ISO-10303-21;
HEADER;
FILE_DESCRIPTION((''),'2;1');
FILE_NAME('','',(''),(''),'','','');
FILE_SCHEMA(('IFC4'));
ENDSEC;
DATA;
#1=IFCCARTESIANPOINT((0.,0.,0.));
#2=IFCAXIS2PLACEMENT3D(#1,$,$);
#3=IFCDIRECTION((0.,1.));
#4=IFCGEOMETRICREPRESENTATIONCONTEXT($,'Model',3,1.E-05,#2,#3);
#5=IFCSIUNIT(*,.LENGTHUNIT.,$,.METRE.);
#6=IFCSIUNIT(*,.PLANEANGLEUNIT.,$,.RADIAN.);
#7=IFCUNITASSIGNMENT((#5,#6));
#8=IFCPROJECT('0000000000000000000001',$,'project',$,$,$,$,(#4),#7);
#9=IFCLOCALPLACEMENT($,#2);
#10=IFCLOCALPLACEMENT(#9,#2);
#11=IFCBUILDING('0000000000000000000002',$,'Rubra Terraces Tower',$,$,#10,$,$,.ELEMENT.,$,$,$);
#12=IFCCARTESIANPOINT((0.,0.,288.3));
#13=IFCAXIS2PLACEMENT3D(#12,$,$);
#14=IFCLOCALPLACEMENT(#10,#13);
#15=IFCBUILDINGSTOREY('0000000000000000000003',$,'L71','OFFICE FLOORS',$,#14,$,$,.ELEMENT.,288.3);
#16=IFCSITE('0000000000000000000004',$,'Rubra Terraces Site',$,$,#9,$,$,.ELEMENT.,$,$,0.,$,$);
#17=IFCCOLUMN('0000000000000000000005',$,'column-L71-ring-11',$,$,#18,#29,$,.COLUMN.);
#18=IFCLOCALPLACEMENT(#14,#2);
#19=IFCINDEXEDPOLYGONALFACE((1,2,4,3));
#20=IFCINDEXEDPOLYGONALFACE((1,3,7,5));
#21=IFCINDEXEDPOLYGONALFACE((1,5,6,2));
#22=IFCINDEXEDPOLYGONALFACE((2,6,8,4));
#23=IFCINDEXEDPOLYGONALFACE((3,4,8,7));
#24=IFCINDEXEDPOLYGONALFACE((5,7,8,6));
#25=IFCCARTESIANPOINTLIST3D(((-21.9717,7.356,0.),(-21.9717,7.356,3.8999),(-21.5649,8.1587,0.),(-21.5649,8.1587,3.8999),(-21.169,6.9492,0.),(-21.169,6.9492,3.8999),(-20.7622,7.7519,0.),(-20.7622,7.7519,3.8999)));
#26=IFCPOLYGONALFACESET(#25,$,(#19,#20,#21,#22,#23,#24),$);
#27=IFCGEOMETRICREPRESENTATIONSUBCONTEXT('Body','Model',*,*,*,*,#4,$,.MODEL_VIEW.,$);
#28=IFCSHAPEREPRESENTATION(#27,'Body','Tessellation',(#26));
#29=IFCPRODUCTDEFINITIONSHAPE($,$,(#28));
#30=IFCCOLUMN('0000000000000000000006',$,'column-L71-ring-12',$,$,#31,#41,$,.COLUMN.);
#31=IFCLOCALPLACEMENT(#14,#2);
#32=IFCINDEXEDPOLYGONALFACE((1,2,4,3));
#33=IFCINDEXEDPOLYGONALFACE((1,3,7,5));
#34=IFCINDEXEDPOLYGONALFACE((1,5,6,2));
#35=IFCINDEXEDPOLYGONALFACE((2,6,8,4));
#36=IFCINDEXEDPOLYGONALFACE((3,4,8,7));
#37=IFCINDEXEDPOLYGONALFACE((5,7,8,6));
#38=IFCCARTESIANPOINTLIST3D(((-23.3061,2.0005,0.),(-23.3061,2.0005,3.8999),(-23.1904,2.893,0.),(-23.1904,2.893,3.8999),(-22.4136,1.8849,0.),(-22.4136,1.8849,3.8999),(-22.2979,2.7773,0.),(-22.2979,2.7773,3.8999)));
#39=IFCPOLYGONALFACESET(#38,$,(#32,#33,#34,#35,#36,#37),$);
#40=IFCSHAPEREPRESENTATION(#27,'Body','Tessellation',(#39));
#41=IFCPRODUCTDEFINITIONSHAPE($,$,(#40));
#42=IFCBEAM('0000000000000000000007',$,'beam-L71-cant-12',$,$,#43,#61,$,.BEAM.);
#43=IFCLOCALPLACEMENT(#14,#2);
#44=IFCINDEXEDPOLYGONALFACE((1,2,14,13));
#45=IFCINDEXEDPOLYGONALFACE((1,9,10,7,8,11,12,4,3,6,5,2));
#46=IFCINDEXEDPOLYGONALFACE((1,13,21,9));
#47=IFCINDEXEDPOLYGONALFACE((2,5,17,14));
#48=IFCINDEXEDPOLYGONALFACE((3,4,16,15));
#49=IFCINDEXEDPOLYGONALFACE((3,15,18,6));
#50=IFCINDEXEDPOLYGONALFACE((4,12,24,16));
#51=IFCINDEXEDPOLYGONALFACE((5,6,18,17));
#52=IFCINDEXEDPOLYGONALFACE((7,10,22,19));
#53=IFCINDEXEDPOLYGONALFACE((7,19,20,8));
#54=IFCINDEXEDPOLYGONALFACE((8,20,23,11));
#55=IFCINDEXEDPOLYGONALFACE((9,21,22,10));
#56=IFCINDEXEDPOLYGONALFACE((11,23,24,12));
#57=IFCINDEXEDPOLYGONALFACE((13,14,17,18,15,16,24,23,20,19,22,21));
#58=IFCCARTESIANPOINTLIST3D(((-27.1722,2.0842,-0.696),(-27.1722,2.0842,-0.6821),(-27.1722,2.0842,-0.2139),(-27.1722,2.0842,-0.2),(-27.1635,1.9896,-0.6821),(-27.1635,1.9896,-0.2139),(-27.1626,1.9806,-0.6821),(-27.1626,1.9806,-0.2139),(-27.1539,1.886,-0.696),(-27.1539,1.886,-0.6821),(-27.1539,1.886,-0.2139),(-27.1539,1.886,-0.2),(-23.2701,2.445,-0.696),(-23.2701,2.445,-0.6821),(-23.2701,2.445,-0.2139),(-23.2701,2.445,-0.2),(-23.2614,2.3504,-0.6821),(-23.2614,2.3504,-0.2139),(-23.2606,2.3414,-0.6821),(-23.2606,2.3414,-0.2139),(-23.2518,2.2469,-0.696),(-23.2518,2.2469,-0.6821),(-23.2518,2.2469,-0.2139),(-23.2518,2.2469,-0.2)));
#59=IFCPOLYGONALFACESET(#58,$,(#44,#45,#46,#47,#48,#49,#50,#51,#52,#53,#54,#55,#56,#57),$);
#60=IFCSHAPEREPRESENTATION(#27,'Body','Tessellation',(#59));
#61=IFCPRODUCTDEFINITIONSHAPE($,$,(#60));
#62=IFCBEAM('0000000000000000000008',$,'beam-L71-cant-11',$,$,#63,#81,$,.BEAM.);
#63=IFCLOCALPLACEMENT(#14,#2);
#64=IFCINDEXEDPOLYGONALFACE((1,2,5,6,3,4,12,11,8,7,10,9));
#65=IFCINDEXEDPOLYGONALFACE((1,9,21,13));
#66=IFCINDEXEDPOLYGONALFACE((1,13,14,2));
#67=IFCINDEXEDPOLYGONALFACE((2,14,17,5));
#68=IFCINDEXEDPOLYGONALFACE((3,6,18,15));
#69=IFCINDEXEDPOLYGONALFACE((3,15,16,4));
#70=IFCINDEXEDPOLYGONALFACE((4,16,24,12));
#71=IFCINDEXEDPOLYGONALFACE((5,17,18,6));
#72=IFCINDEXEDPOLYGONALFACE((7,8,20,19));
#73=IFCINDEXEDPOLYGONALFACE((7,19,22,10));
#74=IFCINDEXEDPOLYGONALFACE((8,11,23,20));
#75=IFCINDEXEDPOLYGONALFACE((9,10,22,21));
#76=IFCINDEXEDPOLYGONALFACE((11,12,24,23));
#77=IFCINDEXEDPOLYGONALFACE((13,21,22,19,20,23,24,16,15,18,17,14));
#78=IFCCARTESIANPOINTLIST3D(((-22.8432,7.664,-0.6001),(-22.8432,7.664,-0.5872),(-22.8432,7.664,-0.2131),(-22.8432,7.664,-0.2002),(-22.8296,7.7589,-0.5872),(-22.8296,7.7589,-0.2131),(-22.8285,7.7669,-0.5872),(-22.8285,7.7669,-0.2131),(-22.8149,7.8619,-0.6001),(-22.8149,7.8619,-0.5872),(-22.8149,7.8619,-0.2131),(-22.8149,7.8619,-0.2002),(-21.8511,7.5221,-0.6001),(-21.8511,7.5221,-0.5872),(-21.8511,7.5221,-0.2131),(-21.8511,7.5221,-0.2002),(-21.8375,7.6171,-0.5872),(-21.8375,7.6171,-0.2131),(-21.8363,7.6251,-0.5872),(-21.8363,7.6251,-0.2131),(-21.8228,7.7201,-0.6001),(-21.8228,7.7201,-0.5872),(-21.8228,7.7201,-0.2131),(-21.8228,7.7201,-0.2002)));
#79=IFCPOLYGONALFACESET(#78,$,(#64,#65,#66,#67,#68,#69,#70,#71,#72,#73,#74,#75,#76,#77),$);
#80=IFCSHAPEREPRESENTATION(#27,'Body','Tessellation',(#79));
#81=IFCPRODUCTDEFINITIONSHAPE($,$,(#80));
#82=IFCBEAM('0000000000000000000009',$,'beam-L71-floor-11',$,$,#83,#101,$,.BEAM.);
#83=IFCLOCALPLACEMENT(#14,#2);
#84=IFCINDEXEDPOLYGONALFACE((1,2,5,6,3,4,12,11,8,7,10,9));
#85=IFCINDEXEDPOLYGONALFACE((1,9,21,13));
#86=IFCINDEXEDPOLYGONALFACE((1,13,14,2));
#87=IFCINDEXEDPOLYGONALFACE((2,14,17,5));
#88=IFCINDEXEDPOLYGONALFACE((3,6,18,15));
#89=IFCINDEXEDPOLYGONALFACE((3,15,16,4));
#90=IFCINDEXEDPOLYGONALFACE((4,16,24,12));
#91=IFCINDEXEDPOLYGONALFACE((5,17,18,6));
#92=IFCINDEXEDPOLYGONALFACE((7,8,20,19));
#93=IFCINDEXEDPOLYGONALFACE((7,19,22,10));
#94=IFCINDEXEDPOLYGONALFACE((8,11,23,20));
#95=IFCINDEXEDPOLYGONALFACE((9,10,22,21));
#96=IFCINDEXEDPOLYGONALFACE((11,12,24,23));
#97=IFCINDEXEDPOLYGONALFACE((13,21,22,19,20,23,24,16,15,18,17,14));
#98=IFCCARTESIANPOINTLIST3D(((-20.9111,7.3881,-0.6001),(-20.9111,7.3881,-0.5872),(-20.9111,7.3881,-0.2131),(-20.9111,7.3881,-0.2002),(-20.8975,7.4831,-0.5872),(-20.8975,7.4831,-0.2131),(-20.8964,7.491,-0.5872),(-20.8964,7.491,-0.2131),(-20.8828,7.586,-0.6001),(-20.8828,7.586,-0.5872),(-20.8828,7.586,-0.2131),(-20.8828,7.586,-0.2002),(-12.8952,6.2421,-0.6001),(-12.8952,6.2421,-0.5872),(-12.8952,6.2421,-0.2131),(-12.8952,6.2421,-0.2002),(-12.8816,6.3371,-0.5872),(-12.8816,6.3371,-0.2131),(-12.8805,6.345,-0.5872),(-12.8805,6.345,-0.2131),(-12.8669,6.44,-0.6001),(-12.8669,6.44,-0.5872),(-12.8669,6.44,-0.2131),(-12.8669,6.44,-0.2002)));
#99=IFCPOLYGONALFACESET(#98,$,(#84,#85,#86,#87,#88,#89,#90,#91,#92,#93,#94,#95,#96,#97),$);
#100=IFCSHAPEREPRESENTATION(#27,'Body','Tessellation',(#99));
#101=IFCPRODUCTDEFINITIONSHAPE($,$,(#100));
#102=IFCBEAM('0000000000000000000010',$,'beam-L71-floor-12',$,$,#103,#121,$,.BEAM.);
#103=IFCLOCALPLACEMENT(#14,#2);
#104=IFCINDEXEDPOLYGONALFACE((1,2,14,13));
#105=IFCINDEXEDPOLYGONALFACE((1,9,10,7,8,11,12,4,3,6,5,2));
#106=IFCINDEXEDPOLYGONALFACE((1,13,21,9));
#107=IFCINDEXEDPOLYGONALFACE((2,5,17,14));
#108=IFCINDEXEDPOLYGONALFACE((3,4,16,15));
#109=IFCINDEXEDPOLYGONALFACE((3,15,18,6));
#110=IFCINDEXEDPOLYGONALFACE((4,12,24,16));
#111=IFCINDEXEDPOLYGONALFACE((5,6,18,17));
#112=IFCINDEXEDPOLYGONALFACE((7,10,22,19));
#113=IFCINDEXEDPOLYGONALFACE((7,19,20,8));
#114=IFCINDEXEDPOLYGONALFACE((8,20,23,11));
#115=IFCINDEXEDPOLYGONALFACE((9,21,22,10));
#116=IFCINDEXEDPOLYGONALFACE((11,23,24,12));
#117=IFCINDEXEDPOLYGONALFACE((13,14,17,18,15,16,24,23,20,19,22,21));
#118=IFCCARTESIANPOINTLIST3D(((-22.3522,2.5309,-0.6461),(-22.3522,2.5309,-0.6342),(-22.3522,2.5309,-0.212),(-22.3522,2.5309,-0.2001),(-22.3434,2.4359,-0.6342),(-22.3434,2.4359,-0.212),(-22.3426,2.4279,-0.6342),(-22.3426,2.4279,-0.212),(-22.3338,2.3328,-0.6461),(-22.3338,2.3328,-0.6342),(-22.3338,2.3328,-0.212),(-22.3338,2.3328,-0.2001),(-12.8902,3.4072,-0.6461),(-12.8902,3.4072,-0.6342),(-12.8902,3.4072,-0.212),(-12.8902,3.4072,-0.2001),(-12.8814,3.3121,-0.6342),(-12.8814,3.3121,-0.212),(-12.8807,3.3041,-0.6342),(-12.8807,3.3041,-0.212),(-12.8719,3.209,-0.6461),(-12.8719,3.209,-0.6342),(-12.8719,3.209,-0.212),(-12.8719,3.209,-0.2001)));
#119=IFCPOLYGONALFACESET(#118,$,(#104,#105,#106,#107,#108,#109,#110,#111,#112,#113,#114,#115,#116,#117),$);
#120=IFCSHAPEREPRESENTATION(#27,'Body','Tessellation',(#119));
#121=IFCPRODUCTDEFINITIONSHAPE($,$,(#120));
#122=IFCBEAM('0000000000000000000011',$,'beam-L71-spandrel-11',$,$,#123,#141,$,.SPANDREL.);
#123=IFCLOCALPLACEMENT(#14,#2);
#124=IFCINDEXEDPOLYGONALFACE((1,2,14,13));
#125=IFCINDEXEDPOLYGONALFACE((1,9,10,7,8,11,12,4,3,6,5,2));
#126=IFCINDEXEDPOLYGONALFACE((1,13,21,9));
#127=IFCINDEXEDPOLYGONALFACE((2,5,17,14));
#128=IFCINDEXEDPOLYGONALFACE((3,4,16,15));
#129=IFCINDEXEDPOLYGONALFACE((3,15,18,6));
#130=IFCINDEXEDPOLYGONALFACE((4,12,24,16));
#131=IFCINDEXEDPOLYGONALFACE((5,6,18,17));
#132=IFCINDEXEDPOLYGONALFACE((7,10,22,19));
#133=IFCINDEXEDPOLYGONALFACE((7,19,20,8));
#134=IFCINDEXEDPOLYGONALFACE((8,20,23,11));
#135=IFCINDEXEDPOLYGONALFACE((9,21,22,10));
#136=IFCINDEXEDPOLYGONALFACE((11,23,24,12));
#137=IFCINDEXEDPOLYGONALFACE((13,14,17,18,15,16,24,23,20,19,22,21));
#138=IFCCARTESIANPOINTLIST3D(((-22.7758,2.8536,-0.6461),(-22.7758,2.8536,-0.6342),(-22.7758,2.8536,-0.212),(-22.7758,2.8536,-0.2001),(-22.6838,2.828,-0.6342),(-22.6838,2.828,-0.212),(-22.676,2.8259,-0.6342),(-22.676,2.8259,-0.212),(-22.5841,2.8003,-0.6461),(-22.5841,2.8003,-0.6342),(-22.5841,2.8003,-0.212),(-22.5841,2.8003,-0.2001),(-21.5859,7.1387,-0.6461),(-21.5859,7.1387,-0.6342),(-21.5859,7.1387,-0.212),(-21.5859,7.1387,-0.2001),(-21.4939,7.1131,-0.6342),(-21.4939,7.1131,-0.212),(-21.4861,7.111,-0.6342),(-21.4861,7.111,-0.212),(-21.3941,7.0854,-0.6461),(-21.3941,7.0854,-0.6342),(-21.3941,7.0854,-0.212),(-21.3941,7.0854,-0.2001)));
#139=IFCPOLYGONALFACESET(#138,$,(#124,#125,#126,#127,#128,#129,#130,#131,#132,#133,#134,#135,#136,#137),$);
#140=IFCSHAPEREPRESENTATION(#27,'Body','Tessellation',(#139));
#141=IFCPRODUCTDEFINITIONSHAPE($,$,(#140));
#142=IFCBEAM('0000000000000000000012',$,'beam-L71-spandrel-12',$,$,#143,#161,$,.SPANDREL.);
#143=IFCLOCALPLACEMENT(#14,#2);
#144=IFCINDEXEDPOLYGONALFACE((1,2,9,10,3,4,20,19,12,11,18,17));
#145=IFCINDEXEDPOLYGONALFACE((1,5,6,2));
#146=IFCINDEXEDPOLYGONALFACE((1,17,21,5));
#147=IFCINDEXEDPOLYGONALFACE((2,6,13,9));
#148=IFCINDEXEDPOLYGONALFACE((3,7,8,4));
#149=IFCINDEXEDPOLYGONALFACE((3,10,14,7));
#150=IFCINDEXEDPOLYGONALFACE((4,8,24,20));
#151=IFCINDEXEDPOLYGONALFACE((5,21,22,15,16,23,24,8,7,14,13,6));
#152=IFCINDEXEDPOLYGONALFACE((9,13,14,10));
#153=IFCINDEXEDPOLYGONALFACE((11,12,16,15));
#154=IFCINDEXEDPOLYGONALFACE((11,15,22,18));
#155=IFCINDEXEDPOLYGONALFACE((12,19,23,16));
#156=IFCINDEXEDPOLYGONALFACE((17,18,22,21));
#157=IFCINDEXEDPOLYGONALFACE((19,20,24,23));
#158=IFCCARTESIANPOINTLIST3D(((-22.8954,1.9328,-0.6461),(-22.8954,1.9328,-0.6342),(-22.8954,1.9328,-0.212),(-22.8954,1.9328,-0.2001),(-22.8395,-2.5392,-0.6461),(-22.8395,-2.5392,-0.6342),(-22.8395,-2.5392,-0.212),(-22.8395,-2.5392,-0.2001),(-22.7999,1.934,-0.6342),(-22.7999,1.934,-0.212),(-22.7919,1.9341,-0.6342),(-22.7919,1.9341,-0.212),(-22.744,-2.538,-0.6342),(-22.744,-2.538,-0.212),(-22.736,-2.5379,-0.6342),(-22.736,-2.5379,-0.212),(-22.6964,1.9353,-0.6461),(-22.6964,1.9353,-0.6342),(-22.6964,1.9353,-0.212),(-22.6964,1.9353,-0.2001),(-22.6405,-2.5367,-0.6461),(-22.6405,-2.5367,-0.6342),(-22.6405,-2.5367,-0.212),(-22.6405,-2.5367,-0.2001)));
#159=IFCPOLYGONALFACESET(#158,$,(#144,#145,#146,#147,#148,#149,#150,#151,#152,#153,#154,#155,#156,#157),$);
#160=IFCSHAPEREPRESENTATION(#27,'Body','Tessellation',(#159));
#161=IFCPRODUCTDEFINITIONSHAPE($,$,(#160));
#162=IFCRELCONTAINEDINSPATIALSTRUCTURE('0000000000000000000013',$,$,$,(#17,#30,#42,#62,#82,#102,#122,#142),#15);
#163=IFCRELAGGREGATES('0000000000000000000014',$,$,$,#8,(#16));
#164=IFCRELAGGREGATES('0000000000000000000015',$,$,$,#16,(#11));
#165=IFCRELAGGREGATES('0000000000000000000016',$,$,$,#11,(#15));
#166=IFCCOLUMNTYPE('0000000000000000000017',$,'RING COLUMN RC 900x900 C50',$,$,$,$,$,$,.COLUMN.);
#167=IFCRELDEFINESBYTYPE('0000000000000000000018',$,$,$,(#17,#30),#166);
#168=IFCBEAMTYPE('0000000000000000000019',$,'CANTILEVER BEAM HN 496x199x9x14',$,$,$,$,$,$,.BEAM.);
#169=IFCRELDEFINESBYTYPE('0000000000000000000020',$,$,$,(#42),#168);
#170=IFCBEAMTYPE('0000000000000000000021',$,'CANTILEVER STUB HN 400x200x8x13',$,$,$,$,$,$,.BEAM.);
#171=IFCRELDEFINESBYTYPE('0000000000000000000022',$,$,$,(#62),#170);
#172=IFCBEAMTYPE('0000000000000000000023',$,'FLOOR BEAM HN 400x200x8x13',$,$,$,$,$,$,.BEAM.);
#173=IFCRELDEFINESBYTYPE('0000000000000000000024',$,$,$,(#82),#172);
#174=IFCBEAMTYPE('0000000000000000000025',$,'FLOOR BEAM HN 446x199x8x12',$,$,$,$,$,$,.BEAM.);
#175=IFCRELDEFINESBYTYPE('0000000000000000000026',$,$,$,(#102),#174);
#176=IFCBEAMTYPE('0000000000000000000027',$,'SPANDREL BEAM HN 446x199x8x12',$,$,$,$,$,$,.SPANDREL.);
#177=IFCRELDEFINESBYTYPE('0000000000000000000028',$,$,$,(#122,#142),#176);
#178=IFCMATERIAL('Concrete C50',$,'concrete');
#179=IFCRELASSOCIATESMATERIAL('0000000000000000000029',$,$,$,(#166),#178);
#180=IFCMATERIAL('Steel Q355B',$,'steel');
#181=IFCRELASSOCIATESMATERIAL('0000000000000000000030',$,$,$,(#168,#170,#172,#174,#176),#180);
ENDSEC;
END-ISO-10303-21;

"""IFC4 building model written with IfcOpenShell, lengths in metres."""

from ifc_helpers import new_model, si_unit, direction, frame, origin, origin_2d, place, context, subcontext, project, spatial, rectangle, i_section, extrude, material, material_profile, profile_set, type_object, element, save


model = new_model("IFC4")

# Units and contexts
model_context = context("Model", 3, precision=1e-05, world=origin(), true_north=direction((0.0, 1.0)))
body_context = subcontext(model_context, "Body", "Model", "MODEL_VIEW")
ifc_project = project(units=[si_unit("LENGTHUNIT", "METRE"), si_unit("PLANEANGLEUNIT", "RADIAN")], contexts=[model_context])

# Site, building, storey
site_placement = place(None, origin())
site = spatial("IfcSite", under=ifc_project, at=site_placement, Name="Rubra Terraces Site", CompositionType="ELEMENT", RefElevation=0.0)
building_placement = place(site_placement, origin())
building = spatial("IfcBuilding", under=site, at=building_placement, Name="Rubra Terraces Tower", CompositionType="ELEMENT")
storey_placement = place(building_placement, frame((0.0, 0.0, 288.3)))
storey = spatial("IfcBuildingStorey", under=building, at=storey_placement, Name="L71", Description="OFFICE FLOORS", CompositionType="ELEMENT", Elevation=288.3)

# Columns
ifc_material_1 = material(Name="Concrete C50", Category="concrete")
ifc_material_profile_1 = material_profile(ifc_material_1, rectangle(XDim=0.8999, YDim=0.8999, at=origin_2d()), Name="RC 900x900")
ifc_profile_set_1 = profile_set([ifc_material_profile_1], Name="Concrete C50")
column_type = type_object("IfcColumnType", Name="RING COLUMN RC 900x900 C50", PredefinedType="COLUMN", material=ifc_profile_set_1)
for number, where, z_axis, x_axis, name in (
    (1, (-21.3669, 7.554, 0.0), (0.0, 0.0, 1.0), (-0.452079, -0.891978, 0.0), "column-L71-ring-11"),
    (2, (-22.802, 2.3889, 0.0), (0.0, 0.0, 1.0), (-0.128535, -0.991705, 0.0), "column-L71-ring-12"),
):
    element("IfcColumn", number, at=place(storey_placement, frame(where, z_axis=z_axis, x_axis=x_axis)), inside=storey, type_object=column_type, Name=name, PredefinedType="COLUMN", context=body_context, shape_type="SweptSolid", body=[
        extrude(rectangle(XDim=0.8999, YDim=0.8999, at=origin_2d()), origin(), (0.0, 0.0, 1.0), 3.8999),
    ])

# Beams
ifc_material_2 = material(Name="Steel Q355B", Category="steel")
ifc_material_profile_2 = material_profile(ifc_material_2, i_section(OverallWidth=0.199, OverallDepth=0.4961, WebThickness=0.009, FlangeThickness=0.0139, at=origin_2d()), Name="HN 496x199x9x14")
ifc_profile_set_2 = profile_set([ifc_material_profile_2], Name="Steel Q355B")
beam_type_1 = type_object("IfcBeamType", Name="CANTILEVER BEAM HN 496x199x9x14", PredefinedType="BEAM", material=ifc_profile_set_2)
beam_1_placement = place(storey_placement, frame((-23.261, 2.3459, -0.448), z_axis=(-0.995752, -0.09208, 0.0), x_axis=(0.09208, -0.995752, 0.0)))
element("IfcBeam", 3, at=beam_1_placement, inside=storey, type_object=beam_type_1, Name="beam-L71-cant-12", PredefinedType="BEAM", context=body_context, shape_type="SweptSolid", body=[
    extrude(i_section(OverallWidth=0.199, OverallDepth=0.4961, WebThickness=0.009, FlangeThickness=0.0139, at=origin_2d()), origin(), (0.0, 0.0, 1.0), 3.9187),
])
ifc_material_profile_3 = material_profile(ifc_material_2, i_section(OverallWidth=0.2, OverallDepth=0.3999, WebThickness=0.0081, FlangeThickness=0.0129, at=origin_2d()), Name="HN 400x200x8x13")
ifc_profile_set_3 = profile_set([ifc_material_profile_3], Name="Steel Q355B")
beam_type_2 = type_object("IfcBeamType", Name="CANTILEVER STUB HN 400x200x8x13", PredefinedType="BEAM", material=ifc_profile_set_3)
beam_2_placement = place(storey_placement, frame((-21.8369, 7.6211, -0.4001), z_axis=(-0.989935, 0.141524, 0.0), x_axis=(-0.141524, -0.989935, 0.0)))
element("IfcBeam", 4, at=beam_2_placement, inside=storey, type_object=beam_type_2, Name="beam-L71-cant-11", PredefinedType="BEAM", context=body_context, shape_type="SweptSolid", body=[
    extrude(i_section(OverallWidth=0.2, OverallDepth=0.3999, WebThickness=0.0081, FlangeThickness=0.0129, at=origin_2d()), origin(), (0.0, 0.0, 1.0), 1.0022),
])
ifc_material_profile_4 = material_profile(ifc_material_2, i_section(OverallWidth=0.2, OverallDepth=0.3999, WebThickness=0.0081, FlangeThickness=0.0129, at=origin_2d()), Name="HN 400x200x8x13")
ifc_profile_set_4 = profile_set([ifc_material_profile_4], Name="Steel Q355B")
beam_type_3 = type_object("IfcBeamType", Name="FLOOR BEAM HN 400x200x8x13", PredefinedType="BEAM", material=ifc_profile_set_4)
beam_3_placement = place(storey_placement, frame((-20.897, 7.4871, -0.4001), z_axis=(0.989934, -0.141527, 0.0), x_axis=(0.141527, 0.989934, 0.0)))
element("IfcBeam", 5, at=beam_3_placement, inside=storey, type_object=beam_type_3, Name="beam-L71-floor-11", PredefinedType="BEAM", context=body_context, shape_type="SweptSolid", body=[
    extrude(i_section(OverallWidth=0.2, OverallDepth=0.3999, WebThickness=0.0081, FlangeThickness=0.0129, at=origin_2d()), origin(), (0.0, 0.0, 1.0), 8.0974),
])
ifc_material_profile_5 = material_profile(ifc_material_2, i_section(OverallWidth=0.199, OverallDepth=0.446, WebThickness=0.0081, FlangeThickness=0.012, at=origin_2d()), Name="HN 446x199x8x12")
ifc_profile_set_5 = profile_set([ifc_material_profile_5], Name="Steel Q355B")
beam_type_4 = type_object("IfcBeamType", Name="FLOOR BEAM HN 446x199x8x12", PredefinedType="BEAM", material=ifc_profile_set_5)
beam_4_placement = place(storey_placement, frame((-22.343, 2.4319, -0.4231), z_axis=(0.99574, 0.09221, 0.0), x_axis=(-0.09221, 0.99574, 0.0)))
element("IfcBeam", 6, at=beam_4_placement, inside=storey, type_object=beam_type_4, Name="beam-L71-floor-12", PredefinedType="BEAM", context=body_context, shape_type="SweptSolid", body=[
    extrude(i_section(OverallWidth=0.199, OverallDepth=0.446, WebThickness=0.0081, FlangeThickness=0.012, at=origin_2d()), origin(), (0.0, 0.0, 1.0), 9.5024),
])
ifc_material_profile_6 = material_profile(ifc_material_2, i_section(OverallWidth=0.199, OverallDepth=0.446, WebThickness=0.0081, FlangeThickness=0.012, at=origin_2d()), Name="HN 446x199x8x12")
ifc_profile_set_6 = profile_set([ifc_material_profile_6], Name="Steel Q355B")
beam_type_5 = type_object("IfcBeamType", Name="SPANDREL BEAM HN 446x199x8x12", PredefinedType="SPANDREL", material=ifc_profile_set_6)
beam_5_placement = place(storey_placement, frame((-21.49, 7.1121, -0.4231), z_axis=(-0.267565, -0.96354, 0.0), x_axis=(0.96354, -0.267565, 0.0)))
element("IfcBeam", 7, at=beam_5_placement, inside=storey, type_object=beam_type_5, Name="beam-L71-spandrel-11", PredefinedType="SPANDREL", context=body_context, shape_type="SweptSolid", body=[
    extrude(i_section(OverallWidth=0.199, OverallDepth=0.446, WebThickness=0.0081, FlangeThickness=0.012, at=origin_2d()), origin(), (0.0, 0.0, 1.0), 4.4473),
])
beam_6_placement = place(storey_placement, frame((-22.7959, 1.9341, -0.4231), z_axis=(0.0125, -0.999922, 0.0), x_axis=(0.999922, 0.0125, 0.0)))
element("IfcBeam", 8, at=beam_6_placement, inside=storey, type_object=beam_type_5, Name="beam-L71-spandrel-12", PredefinedType="SPANDREL", context=body_context, shape_type="SweptSolid", body=[
    extrude(i_section(OverallWidth=0.199, OverallDepth=0.446, WebThickness=0.0081, FlangeThickness=0.012, at=origin_2d()), origin(), (0.0, 0.0, 1.0), 4.4724),
])

save(model, "model.ifc")
